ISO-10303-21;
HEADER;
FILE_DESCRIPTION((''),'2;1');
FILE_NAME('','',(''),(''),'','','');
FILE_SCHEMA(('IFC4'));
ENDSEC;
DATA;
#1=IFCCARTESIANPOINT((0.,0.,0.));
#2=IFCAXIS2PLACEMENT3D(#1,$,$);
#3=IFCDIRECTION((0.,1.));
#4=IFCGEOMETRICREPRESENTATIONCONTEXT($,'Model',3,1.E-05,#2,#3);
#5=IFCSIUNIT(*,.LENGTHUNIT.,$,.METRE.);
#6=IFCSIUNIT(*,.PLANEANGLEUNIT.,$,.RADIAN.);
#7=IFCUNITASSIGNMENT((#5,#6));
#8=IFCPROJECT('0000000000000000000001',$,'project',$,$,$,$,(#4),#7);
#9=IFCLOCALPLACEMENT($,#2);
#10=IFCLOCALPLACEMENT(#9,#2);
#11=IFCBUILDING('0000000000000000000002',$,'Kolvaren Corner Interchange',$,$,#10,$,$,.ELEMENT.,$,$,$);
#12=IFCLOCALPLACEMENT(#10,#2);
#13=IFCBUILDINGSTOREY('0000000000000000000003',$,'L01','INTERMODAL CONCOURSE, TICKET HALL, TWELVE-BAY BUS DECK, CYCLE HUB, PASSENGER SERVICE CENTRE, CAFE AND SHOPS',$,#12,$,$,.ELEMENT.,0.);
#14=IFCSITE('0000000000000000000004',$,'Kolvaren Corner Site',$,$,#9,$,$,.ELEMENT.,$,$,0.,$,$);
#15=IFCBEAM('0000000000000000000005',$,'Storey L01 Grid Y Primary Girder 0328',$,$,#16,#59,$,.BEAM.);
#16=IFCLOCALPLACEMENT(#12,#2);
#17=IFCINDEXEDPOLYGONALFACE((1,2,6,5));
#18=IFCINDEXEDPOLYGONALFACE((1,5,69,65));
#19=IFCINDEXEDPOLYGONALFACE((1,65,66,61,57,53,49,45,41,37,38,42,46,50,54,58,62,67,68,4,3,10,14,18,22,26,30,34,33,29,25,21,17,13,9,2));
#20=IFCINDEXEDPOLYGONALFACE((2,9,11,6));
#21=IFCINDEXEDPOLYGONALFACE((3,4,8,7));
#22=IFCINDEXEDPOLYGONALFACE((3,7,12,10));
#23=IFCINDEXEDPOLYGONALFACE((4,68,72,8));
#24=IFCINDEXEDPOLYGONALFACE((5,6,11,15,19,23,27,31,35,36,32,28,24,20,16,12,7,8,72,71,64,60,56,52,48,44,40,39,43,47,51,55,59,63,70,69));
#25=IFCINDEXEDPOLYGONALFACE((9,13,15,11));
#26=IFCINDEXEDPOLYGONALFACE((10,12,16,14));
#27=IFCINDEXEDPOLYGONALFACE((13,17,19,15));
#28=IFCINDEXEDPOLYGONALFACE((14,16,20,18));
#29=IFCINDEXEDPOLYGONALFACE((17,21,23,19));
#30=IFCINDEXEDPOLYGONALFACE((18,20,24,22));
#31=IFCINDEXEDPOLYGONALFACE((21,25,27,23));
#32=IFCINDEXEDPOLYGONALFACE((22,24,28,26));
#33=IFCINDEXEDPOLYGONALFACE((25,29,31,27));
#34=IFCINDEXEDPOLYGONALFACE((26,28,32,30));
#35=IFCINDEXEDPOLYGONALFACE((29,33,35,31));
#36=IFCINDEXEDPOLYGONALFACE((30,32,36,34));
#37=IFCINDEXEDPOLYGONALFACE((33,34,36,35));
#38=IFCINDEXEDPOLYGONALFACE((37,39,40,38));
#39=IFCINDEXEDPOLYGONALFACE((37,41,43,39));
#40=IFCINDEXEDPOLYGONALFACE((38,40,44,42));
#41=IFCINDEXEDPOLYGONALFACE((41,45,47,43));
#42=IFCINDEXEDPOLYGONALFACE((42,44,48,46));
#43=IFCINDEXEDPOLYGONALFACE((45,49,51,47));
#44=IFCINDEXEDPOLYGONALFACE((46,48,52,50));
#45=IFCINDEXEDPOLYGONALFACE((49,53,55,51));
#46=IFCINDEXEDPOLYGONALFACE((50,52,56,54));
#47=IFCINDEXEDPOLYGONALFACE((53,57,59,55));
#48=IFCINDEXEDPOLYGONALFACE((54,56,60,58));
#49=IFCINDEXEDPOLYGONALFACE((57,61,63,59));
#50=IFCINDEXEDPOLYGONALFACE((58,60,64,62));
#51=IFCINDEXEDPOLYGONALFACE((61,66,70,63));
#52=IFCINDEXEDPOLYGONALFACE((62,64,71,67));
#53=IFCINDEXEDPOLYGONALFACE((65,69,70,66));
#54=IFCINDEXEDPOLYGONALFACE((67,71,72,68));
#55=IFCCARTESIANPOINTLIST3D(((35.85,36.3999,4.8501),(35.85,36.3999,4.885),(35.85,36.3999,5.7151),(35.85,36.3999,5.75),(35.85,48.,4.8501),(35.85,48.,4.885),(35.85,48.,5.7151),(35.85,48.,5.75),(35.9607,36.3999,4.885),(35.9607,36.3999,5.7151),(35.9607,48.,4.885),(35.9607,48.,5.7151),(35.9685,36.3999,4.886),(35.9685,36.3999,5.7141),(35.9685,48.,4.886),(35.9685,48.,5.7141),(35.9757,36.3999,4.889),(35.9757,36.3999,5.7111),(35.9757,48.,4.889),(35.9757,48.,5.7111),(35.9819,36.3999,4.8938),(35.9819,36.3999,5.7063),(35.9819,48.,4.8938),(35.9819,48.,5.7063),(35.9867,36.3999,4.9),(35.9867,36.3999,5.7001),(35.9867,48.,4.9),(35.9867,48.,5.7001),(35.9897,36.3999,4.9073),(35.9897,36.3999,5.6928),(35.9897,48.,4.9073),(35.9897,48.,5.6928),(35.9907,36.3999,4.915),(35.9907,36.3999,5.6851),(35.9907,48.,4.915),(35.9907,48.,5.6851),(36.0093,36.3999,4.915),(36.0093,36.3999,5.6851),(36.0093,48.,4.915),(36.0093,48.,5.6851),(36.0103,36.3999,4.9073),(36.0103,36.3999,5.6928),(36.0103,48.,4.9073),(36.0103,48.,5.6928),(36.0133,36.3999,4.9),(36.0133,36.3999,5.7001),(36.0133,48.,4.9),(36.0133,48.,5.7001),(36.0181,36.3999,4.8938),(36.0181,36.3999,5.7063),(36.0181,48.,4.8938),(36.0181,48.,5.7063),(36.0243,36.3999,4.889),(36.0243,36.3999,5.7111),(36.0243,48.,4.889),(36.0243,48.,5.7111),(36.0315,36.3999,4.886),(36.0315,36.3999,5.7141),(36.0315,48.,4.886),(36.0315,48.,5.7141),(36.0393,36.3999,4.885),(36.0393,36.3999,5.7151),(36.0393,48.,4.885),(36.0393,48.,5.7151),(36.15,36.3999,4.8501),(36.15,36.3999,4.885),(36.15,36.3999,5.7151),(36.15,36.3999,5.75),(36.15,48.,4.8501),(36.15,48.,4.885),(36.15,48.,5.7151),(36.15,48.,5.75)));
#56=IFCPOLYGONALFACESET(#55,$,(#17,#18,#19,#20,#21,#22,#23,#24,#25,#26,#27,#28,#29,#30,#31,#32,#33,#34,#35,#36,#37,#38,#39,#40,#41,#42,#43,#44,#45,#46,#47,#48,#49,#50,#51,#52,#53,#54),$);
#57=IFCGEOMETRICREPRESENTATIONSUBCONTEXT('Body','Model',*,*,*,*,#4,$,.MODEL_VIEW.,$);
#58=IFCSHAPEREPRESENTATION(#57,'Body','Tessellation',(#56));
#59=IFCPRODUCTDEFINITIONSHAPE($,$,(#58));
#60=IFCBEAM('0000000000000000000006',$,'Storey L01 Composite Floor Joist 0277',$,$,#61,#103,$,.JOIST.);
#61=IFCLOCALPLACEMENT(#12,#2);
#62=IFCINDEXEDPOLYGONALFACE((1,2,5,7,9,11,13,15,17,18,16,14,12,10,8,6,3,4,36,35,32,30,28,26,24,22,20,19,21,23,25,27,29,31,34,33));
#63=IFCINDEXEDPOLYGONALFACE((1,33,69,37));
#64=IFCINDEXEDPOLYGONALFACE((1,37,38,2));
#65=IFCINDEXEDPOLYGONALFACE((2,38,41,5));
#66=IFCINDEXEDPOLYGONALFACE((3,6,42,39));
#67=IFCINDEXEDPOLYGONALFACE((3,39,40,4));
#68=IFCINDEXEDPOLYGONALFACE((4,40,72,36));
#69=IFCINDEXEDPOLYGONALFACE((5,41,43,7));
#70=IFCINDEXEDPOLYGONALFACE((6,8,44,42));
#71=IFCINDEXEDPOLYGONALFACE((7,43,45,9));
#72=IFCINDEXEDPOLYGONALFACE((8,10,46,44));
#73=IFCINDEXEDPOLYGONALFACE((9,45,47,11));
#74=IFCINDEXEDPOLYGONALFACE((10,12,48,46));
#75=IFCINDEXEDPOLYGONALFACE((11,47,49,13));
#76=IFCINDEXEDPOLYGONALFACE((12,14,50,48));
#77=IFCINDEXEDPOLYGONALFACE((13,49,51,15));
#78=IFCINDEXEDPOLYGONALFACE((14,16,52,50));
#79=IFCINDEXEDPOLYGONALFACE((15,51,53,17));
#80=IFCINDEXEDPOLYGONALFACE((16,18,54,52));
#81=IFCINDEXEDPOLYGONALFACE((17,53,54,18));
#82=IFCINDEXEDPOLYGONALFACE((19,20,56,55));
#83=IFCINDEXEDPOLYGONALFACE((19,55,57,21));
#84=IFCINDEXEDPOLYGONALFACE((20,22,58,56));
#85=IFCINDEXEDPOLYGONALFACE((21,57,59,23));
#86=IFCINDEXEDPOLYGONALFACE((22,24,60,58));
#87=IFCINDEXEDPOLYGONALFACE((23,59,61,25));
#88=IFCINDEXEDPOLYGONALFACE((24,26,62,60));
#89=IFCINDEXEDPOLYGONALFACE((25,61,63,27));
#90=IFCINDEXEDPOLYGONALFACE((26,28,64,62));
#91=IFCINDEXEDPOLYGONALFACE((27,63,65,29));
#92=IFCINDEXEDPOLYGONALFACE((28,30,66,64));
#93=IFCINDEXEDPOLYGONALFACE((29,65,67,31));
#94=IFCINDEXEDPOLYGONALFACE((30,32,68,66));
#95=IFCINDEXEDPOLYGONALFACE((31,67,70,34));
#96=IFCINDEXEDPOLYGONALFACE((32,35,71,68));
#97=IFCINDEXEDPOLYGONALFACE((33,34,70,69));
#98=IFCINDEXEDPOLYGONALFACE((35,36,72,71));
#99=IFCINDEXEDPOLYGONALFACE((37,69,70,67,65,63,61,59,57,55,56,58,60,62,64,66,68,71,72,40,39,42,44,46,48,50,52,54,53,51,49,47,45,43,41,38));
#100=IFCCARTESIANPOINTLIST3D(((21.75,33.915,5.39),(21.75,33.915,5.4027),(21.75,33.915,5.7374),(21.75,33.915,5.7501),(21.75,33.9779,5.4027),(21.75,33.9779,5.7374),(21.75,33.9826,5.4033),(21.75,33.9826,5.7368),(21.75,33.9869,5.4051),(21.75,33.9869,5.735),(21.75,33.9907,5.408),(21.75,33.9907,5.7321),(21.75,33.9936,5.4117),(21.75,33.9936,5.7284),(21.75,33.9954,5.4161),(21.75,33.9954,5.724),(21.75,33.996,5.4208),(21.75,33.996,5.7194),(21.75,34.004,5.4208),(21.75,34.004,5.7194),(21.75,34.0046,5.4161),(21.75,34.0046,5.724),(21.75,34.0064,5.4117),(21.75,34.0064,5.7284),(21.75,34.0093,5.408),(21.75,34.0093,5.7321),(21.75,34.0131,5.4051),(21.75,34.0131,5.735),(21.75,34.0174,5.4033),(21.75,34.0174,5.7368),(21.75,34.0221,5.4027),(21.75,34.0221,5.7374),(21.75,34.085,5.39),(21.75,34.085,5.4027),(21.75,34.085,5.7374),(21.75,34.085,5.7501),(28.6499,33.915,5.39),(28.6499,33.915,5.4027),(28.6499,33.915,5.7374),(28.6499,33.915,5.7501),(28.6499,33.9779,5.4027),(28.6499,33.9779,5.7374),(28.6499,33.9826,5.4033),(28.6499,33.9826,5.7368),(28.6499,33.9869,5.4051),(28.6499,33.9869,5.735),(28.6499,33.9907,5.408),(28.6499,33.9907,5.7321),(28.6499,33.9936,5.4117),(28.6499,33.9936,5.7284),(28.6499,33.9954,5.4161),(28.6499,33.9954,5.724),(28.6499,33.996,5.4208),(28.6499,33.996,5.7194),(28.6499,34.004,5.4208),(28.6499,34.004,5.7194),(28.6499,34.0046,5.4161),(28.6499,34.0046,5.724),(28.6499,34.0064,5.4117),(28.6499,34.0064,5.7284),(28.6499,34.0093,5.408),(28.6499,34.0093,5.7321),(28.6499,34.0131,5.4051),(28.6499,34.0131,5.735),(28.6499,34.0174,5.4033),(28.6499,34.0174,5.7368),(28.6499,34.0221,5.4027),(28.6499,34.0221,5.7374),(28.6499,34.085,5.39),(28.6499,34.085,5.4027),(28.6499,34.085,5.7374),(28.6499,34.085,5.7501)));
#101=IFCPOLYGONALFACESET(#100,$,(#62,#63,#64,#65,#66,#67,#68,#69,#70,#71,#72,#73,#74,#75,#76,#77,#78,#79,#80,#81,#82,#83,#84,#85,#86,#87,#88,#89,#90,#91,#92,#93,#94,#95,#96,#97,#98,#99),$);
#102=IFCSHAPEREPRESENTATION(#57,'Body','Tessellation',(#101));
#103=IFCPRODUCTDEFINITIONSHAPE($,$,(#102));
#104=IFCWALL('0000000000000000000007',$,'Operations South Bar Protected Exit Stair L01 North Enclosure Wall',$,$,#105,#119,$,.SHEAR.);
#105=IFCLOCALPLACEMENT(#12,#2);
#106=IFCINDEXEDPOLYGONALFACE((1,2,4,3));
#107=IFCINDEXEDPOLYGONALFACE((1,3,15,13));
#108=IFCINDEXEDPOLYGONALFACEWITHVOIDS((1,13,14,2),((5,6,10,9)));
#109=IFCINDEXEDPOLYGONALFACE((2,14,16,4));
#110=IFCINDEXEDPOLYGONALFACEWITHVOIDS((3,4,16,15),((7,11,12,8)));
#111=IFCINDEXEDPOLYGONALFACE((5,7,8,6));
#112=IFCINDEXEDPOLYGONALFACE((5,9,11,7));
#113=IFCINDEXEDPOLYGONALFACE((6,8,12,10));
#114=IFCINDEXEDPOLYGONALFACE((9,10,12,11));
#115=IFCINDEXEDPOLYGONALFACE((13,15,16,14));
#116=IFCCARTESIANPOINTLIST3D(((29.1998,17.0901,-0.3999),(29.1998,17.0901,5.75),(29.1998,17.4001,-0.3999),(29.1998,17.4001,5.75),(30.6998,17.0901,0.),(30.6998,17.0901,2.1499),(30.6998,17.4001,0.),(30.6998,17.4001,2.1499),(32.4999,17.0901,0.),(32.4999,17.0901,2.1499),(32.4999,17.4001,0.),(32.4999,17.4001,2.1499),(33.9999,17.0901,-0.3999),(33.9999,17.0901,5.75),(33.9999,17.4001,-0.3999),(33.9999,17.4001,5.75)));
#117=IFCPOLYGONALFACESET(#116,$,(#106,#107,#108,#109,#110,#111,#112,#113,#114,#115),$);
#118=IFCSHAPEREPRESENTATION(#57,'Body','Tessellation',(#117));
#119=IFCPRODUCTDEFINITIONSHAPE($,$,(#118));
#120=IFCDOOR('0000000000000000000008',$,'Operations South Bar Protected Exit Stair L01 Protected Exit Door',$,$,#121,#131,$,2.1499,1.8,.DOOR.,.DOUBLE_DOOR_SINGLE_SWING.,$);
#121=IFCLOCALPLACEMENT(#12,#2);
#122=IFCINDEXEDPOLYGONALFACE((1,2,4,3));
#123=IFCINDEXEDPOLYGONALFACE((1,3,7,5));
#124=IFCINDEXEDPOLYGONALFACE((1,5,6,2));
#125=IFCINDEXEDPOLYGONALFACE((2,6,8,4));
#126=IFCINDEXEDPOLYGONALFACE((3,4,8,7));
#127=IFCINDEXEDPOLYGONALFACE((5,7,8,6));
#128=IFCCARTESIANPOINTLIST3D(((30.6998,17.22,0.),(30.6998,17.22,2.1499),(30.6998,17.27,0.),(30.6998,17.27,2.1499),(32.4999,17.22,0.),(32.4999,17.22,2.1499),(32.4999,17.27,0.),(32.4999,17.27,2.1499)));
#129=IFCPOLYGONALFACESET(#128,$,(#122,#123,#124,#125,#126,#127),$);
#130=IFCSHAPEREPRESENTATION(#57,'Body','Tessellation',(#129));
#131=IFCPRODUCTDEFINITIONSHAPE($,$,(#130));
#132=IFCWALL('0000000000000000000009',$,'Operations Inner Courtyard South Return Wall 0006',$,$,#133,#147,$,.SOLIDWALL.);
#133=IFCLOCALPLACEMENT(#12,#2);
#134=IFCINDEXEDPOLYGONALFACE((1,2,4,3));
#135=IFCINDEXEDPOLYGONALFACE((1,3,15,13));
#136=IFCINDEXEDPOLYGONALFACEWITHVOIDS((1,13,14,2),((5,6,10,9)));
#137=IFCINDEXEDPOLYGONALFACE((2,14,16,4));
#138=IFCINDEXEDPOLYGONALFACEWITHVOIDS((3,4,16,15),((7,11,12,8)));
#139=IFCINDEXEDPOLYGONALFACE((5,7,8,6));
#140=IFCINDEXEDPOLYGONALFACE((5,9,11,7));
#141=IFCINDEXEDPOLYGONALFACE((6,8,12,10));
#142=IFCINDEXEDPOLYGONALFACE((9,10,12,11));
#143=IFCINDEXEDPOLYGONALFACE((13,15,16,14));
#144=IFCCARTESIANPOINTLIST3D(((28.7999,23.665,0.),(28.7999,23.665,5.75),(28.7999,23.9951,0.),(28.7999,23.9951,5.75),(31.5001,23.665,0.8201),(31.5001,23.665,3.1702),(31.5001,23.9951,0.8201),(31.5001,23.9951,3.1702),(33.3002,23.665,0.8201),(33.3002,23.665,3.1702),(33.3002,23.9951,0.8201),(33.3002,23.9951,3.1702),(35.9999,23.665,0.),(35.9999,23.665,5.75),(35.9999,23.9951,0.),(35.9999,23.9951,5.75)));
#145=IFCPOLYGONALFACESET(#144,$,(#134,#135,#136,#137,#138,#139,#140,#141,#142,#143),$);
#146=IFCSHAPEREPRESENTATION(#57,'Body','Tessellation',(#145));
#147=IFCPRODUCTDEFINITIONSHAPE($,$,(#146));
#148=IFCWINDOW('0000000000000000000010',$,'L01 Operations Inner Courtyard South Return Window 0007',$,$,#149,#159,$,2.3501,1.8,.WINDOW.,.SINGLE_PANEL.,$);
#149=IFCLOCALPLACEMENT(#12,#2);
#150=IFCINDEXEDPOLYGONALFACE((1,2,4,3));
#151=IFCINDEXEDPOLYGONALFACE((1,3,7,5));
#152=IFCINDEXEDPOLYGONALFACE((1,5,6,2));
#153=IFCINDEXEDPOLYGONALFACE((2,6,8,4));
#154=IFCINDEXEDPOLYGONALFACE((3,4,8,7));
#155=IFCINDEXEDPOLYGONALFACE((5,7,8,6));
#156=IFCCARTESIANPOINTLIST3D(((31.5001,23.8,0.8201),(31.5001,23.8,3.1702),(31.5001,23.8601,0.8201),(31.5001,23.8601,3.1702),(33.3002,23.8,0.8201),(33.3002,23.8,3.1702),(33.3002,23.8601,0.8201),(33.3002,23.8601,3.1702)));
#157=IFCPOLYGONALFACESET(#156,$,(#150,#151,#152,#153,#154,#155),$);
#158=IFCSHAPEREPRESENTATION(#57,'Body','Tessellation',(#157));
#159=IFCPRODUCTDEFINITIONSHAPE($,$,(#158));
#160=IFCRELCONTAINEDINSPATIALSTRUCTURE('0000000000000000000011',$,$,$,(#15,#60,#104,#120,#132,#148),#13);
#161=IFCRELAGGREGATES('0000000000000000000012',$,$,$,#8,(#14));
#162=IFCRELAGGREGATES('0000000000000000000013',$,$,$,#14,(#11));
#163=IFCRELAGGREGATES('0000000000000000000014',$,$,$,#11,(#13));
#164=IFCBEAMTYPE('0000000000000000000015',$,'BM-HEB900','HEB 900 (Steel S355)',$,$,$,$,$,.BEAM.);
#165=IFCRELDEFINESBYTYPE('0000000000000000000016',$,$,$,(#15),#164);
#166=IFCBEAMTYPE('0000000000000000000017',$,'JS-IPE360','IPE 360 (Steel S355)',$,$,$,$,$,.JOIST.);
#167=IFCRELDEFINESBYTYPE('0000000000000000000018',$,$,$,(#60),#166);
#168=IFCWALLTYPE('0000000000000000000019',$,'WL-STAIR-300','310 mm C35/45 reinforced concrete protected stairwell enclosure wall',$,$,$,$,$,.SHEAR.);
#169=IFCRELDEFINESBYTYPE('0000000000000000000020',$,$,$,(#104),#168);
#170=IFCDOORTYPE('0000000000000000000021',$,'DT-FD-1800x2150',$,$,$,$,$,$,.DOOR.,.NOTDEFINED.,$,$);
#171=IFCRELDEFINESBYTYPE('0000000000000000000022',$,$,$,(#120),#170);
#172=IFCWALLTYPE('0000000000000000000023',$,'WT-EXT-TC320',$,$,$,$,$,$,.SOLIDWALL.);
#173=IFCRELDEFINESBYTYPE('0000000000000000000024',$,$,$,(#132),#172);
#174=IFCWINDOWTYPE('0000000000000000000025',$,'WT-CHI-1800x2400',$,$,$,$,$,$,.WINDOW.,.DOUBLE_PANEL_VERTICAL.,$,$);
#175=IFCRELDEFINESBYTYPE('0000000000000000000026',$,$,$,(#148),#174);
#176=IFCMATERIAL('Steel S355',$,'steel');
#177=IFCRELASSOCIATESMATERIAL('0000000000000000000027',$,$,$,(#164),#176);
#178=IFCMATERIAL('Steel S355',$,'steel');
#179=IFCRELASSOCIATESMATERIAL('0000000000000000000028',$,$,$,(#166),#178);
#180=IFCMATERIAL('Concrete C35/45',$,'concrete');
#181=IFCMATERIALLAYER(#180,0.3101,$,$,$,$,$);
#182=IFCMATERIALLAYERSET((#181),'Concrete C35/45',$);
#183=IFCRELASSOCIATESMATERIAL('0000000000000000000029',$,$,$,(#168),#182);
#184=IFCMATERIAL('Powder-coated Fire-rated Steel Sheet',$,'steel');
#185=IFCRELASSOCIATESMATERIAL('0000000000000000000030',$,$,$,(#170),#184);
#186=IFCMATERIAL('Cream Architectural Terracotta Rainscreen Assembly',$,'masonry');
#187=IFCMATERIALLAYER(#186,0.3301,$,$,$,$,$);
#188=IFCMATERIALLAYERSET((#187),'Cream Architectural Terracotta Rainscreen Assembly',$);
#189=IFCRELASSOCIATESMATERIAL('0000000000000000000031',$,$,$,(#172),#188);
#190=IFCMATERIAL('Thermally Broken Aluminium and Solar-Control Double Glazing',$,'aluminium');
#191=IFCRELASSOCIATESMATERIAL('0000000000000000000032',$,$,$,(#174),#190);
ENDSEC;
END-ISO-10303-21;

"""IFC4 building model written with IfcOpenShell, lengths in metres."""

from ifc_helpers import new_model, si_unit, direction, frame, frame_2d, origin, origin_2d, place, context, subcontext, project, spatial, rectangle, i_section, extrude, material, layer, layer_set, material_profile, profile_set, type_object, element, fill, save


model = new_model("IFC4")

# Units and contexts
model_context = context("Model", 3, precision=1e-05, world=origin(), true_north=direction((0.0, 1.0)))
body_context = subcontext(model_context, "Body", "Model", "MODEL_VIEW")
ifc_project = project(units=[si_unit("LENGTHUNIT", "METRE"), si_unit("PLANEANGLEUNIT", "RADIAN")], contexts=[model_context])

# Site, building, storey
site_placement = place(None, origin())
site = spatial("IfcSite", under=ifc_project, at=site_placement, Name="Kolvaren Corner Site", CompositionType="ELEMENT", RefElevation=0.0)
building_placement = place(site_placement, origin())
building = spatial("IfcBuilding", under=site, at=building_placement, Name="Kolvaren Corner Interchange", CompositionType="ELEMENT")
storey_placement = place(building_placement, origin())
storey = spatial("IfcBuildingStorey", under=building, at=storey_placement, Name="L01", Description="INTERMODAL CONCOURSE, TICKET HALL, TWELVE-BAY BUS DECK, CYCLE HUB, PASSENGER SERVICE CENTRE, CAFE AND SHOPS", CompositionType="ELEMENT", Elevation=0.0)

# Beams
ifc_material_1 = material(Name="Steel S355", Category="steel")
ifc_material_profile_1 = material_profile(ifc_material_1, i_section(OverallWidth=0.3, OverallDepth=0.8999, WebThickness=0.0186, FlangeThickness=0.0349, FilletRadius=0.03, at=origin_2d()), Name="HEB 900")
ifc_profile_set_1 = profile_set([ifc_material_profile_1], Name="Steel S355")
beam_type_1 = type_object("IfcBeamType", Name="BM-HEB900", Description="HEB 900 (Steel S355)", PredefinedType="BEAM", material=ifc_profile_set_1)
beam_1_placement = place(storey_placement, frame((36.0, 36.3999, 5.3), z_axis=(0.0, 1.0, 0.0), x_axis=(-1.0, 0.0, 0.0)))
element("IfcBeam", 1, at=beam_1_placement, inside=storey, type_object=beam_type_1, Name="Storey L01 Grid Y Primary Girder 0328", PredefinedType="BEAM", context=body_context, shape_type="SweptSolid", body=[
    extrude(i_section(OverallWidth=0.3, OverallDepth=0.8999, WebThickness=0.0186, FlangeThickness=0.0349, FilletRadius=0.03, at=origin_2d()), origin(), (0.0, 0.0, 1.0), 11.6001),
])
ifc_material_2 = material(Name="Steel S355", Category="steel")
ifc_material_profile_2 = material_profile(ifc_material_2, i_section(OverallWidth=0.1699, OverallDepth=0.3601, WebThickness=0.0081, FlangeThickness=0.0127, FilletRadius=0.0181, at=origin_2d()), Name="IPE 360")
ifc_profile_set_2 = profile_set([ifc_material_profile_2], Name="Steel S355")
beam_type_2 = type_object("IfcBeamType", Name="JS-IPE360", Description="IPE 360 (Steel S355)", PredefinedType="JOIST", material=ifc_profile_set_2)
beam_2_placement = place(storey_placement, frame((21.75, 34.0, 5.5701), z_axis=(1.0, 0.0, 0.0), x_axis=(0.0, 1.0, 0.0)))
element("IfcBeam", 2, at=beam_2_placement, inside=storey, type_object=beam_type_2, Name="Storey L01 Composite Floor Joist 0277", PredefinedType="JOIST", context=body_context, shape_type="SweptSolid", body=[
    extrude(i_section(OverallWidth=0.1699, OverallDepth=0.3601, WebThickness=0.0081, FlangeThickness=0.0127, FilletRadius=0.0181, at=origin_2d()), origin(), (0.0, 0.0, 1.0), 6.8999),
])

# Wall, opening, door
ifc_material_3 = material(Name="Concrete C35/45", Category="concrete")
ifc_layer_1 = layer(ifc_material_3, 0.3101)
ifc_layer_set_1 = layer_set([ifc_layer_1], Name="Concrete C35/45")
wall_type_1 = type_object("IfcWallType", Name="WL-STAIR-300", Description="310 mm C35/45 reinforced concrete protected stairwell enclosure wall", PredefinedType="SHEAR", material=ifc_layer_set_1)
wall_1_placement = place(storey_placement, frame((29.2, 17.2451, -0.3999), z_axis=(0.0, 0.0, 1.0), x_axis=(1.0, 0.0, 0.0)))
wall_1 = element("IfcWall", 3, at=wall_1_placement, inside=storey, type_object=wall_type_1, Name="Operations South Bar Protected Exit Stair L01 North Enclosure Wall", PredefinedType="SHEAR", context=body_context, shape_type="SweptSolid", body=[
    extrude(rectangle(XDim=4.8, YDim=0.3101, at=frame_2d((2.3999, 0.0))), origin(), (0.0, 0.0, 1.0), 6.1499),
])
opening_1_placement = place(wall_1_placement, frame((1.5, 0.0, 0.3999)))
opening_1 = element("IfcOpeningElement", 4, at=opening_1_placement, cuts=wall_1, PredefinedType="OPENING", context=body_context, shape_type="SweptSolid", body=[
    extrude(rectangle(XDim=1.8, YDim=2.1499, at=frame_2d((0.8999, 1.075))), frame((0.0, 0.165, 0.0), z_axis=(0.0, -1.0, 0.0), x_axis=(1.0, 0.0, 0.0)), (0.0, 0.0, 1.0), 0.3301),
])
ifc_material_4 = material(Name="Powder-coated Fire-rated Steel Sheet", Category="steel")
door_type_1 = type_object("IfcDoorType", Name="DT-FD-1800x2150", OperationType="NOTDEFINED", PredefinedType="DOOR", material=ifc_material_4)
door_1_placement = place(opening_1_placement, origin())
door_1 = element("IfcDoor", 5, at=door_1_placement, inside=storey, type_object=door_type_1, Name="Operations South Bar Protected Exit Stair L01 Protected Exit Door", OperationType="DOUBLE_DOOR_SINGLE_SWING", OverallHeight=2.1499, OverallWidth=1.8, PredefinedType="DOOR", context=body_context, shape_type="SweptSolid", body=[
    extrude(rectangle(XDim=1.8, YDim=2.1499, at=frame_2d((0.8999, 1.075))), frame((0.0, 0.0249, 0.0), z_axis=(0.0, -1.0, 0.0), x_axis=(1.0, 0.0, 0.0)), (0.0, 0.0, 1.0), 0.05),
])
fill(opening_1, door_1)

# Wall, opening, window
ifc_material_5 = material(Name="Cream Architectural Terracotta Rainscreen Assembly", Category="masonry")
ifc_layer_2 = layer(ifc_material_5, 0.3301)
ifc_layer_set_2 = layer_set([ifc_layer_2], Name="Cream Architectural Terracotta Rainscreen Assembly")
wall_type_2 = type_object("IfcWallType", Name="WT-EXT-TC320", PredefinedType="SOLIDWALL", material=ifc_layer_set_2)
wall_2_placement = place(storey_placement, frame((36.0, 23.8301, 0.0), z_axis=(0.0, 0.0, 1.0), x_axis=(-1.0, 0.0, 0.0)))
wall_2 = element("IfcWall", 6, at=wall_2_placement, inside=storey, type_object=wall_type_2, Name="Operations Inner Courtyard South Return Wall 0006", PredefinedType="SOLIDWALL", context=body_context, shape_type="SweptSolid", body=[
    extrude(rectangle(XDim=7.2, YDim=0.3301, at=frame_2d((3.6001, 0.0))), origin(), (0.0, 0.0, 1.0), 5.75),
])
opening_2_placement = place(wall_2_placement, frame((2.7, 0.0, 0.8201)))
opening_2 = element("IfcOpeningElement", 7, at=opening_2_placement, cuts=wall_2, PredefinedType="OPENING", context=body_context, shape_type="SweptSolid", body=[
    extrude(rectangle(XDim=1.8, YDim=2.3501, at=frame_2d((0.8999, 1.175))), frame((0.0, 0.175, 0.0), z_axis=(0.0, -1.0, 0.0), x_axis=(1.0, 0.0, 0.0)), (0.0, 0.0, 1.0), 0.3501),
])
ifc_material_6 = material(Name="Thermally Broken Aluminium and Solar-Control Double Glazing", Category="aluminium")
window_type_1 = type_object("IfcWindowType", Name="WT-CHI-1800x2400", PartitioningType="DOUBLE_PANEL_VERTICAL", PredefinedType="WINDOW", material=ifc_material_6)
window_1_placement = place(opening_2_placement, origin())
window_1 = element("IfcWindow", 8, at=window_1_placement, inside=storey, type_object=window_type_1, Name="L01 Operations Inner Courtyard South Return Window 0007", OverallHeight=2.3501, OverallWidth=1.8, PartitioningType="SINGLE_PANEL", PredefinedType="WINDOW", context=body_context, shape_type="SweptSolid", body=[
    extrude(rectangle(XDim=1.8, YDim=2.3501, at=frame_2d((0.8999, 1.175))), frame((0.0, 0.03, 0.0), z_axis=(0.0, -1.0, 0.0), x_axis=(1.0, 0.0, 0.0)), (0.0, 0.0, 1.0), 0.0601),
])
fill(opening_2, window_1)

save(model, "model.ifc")
